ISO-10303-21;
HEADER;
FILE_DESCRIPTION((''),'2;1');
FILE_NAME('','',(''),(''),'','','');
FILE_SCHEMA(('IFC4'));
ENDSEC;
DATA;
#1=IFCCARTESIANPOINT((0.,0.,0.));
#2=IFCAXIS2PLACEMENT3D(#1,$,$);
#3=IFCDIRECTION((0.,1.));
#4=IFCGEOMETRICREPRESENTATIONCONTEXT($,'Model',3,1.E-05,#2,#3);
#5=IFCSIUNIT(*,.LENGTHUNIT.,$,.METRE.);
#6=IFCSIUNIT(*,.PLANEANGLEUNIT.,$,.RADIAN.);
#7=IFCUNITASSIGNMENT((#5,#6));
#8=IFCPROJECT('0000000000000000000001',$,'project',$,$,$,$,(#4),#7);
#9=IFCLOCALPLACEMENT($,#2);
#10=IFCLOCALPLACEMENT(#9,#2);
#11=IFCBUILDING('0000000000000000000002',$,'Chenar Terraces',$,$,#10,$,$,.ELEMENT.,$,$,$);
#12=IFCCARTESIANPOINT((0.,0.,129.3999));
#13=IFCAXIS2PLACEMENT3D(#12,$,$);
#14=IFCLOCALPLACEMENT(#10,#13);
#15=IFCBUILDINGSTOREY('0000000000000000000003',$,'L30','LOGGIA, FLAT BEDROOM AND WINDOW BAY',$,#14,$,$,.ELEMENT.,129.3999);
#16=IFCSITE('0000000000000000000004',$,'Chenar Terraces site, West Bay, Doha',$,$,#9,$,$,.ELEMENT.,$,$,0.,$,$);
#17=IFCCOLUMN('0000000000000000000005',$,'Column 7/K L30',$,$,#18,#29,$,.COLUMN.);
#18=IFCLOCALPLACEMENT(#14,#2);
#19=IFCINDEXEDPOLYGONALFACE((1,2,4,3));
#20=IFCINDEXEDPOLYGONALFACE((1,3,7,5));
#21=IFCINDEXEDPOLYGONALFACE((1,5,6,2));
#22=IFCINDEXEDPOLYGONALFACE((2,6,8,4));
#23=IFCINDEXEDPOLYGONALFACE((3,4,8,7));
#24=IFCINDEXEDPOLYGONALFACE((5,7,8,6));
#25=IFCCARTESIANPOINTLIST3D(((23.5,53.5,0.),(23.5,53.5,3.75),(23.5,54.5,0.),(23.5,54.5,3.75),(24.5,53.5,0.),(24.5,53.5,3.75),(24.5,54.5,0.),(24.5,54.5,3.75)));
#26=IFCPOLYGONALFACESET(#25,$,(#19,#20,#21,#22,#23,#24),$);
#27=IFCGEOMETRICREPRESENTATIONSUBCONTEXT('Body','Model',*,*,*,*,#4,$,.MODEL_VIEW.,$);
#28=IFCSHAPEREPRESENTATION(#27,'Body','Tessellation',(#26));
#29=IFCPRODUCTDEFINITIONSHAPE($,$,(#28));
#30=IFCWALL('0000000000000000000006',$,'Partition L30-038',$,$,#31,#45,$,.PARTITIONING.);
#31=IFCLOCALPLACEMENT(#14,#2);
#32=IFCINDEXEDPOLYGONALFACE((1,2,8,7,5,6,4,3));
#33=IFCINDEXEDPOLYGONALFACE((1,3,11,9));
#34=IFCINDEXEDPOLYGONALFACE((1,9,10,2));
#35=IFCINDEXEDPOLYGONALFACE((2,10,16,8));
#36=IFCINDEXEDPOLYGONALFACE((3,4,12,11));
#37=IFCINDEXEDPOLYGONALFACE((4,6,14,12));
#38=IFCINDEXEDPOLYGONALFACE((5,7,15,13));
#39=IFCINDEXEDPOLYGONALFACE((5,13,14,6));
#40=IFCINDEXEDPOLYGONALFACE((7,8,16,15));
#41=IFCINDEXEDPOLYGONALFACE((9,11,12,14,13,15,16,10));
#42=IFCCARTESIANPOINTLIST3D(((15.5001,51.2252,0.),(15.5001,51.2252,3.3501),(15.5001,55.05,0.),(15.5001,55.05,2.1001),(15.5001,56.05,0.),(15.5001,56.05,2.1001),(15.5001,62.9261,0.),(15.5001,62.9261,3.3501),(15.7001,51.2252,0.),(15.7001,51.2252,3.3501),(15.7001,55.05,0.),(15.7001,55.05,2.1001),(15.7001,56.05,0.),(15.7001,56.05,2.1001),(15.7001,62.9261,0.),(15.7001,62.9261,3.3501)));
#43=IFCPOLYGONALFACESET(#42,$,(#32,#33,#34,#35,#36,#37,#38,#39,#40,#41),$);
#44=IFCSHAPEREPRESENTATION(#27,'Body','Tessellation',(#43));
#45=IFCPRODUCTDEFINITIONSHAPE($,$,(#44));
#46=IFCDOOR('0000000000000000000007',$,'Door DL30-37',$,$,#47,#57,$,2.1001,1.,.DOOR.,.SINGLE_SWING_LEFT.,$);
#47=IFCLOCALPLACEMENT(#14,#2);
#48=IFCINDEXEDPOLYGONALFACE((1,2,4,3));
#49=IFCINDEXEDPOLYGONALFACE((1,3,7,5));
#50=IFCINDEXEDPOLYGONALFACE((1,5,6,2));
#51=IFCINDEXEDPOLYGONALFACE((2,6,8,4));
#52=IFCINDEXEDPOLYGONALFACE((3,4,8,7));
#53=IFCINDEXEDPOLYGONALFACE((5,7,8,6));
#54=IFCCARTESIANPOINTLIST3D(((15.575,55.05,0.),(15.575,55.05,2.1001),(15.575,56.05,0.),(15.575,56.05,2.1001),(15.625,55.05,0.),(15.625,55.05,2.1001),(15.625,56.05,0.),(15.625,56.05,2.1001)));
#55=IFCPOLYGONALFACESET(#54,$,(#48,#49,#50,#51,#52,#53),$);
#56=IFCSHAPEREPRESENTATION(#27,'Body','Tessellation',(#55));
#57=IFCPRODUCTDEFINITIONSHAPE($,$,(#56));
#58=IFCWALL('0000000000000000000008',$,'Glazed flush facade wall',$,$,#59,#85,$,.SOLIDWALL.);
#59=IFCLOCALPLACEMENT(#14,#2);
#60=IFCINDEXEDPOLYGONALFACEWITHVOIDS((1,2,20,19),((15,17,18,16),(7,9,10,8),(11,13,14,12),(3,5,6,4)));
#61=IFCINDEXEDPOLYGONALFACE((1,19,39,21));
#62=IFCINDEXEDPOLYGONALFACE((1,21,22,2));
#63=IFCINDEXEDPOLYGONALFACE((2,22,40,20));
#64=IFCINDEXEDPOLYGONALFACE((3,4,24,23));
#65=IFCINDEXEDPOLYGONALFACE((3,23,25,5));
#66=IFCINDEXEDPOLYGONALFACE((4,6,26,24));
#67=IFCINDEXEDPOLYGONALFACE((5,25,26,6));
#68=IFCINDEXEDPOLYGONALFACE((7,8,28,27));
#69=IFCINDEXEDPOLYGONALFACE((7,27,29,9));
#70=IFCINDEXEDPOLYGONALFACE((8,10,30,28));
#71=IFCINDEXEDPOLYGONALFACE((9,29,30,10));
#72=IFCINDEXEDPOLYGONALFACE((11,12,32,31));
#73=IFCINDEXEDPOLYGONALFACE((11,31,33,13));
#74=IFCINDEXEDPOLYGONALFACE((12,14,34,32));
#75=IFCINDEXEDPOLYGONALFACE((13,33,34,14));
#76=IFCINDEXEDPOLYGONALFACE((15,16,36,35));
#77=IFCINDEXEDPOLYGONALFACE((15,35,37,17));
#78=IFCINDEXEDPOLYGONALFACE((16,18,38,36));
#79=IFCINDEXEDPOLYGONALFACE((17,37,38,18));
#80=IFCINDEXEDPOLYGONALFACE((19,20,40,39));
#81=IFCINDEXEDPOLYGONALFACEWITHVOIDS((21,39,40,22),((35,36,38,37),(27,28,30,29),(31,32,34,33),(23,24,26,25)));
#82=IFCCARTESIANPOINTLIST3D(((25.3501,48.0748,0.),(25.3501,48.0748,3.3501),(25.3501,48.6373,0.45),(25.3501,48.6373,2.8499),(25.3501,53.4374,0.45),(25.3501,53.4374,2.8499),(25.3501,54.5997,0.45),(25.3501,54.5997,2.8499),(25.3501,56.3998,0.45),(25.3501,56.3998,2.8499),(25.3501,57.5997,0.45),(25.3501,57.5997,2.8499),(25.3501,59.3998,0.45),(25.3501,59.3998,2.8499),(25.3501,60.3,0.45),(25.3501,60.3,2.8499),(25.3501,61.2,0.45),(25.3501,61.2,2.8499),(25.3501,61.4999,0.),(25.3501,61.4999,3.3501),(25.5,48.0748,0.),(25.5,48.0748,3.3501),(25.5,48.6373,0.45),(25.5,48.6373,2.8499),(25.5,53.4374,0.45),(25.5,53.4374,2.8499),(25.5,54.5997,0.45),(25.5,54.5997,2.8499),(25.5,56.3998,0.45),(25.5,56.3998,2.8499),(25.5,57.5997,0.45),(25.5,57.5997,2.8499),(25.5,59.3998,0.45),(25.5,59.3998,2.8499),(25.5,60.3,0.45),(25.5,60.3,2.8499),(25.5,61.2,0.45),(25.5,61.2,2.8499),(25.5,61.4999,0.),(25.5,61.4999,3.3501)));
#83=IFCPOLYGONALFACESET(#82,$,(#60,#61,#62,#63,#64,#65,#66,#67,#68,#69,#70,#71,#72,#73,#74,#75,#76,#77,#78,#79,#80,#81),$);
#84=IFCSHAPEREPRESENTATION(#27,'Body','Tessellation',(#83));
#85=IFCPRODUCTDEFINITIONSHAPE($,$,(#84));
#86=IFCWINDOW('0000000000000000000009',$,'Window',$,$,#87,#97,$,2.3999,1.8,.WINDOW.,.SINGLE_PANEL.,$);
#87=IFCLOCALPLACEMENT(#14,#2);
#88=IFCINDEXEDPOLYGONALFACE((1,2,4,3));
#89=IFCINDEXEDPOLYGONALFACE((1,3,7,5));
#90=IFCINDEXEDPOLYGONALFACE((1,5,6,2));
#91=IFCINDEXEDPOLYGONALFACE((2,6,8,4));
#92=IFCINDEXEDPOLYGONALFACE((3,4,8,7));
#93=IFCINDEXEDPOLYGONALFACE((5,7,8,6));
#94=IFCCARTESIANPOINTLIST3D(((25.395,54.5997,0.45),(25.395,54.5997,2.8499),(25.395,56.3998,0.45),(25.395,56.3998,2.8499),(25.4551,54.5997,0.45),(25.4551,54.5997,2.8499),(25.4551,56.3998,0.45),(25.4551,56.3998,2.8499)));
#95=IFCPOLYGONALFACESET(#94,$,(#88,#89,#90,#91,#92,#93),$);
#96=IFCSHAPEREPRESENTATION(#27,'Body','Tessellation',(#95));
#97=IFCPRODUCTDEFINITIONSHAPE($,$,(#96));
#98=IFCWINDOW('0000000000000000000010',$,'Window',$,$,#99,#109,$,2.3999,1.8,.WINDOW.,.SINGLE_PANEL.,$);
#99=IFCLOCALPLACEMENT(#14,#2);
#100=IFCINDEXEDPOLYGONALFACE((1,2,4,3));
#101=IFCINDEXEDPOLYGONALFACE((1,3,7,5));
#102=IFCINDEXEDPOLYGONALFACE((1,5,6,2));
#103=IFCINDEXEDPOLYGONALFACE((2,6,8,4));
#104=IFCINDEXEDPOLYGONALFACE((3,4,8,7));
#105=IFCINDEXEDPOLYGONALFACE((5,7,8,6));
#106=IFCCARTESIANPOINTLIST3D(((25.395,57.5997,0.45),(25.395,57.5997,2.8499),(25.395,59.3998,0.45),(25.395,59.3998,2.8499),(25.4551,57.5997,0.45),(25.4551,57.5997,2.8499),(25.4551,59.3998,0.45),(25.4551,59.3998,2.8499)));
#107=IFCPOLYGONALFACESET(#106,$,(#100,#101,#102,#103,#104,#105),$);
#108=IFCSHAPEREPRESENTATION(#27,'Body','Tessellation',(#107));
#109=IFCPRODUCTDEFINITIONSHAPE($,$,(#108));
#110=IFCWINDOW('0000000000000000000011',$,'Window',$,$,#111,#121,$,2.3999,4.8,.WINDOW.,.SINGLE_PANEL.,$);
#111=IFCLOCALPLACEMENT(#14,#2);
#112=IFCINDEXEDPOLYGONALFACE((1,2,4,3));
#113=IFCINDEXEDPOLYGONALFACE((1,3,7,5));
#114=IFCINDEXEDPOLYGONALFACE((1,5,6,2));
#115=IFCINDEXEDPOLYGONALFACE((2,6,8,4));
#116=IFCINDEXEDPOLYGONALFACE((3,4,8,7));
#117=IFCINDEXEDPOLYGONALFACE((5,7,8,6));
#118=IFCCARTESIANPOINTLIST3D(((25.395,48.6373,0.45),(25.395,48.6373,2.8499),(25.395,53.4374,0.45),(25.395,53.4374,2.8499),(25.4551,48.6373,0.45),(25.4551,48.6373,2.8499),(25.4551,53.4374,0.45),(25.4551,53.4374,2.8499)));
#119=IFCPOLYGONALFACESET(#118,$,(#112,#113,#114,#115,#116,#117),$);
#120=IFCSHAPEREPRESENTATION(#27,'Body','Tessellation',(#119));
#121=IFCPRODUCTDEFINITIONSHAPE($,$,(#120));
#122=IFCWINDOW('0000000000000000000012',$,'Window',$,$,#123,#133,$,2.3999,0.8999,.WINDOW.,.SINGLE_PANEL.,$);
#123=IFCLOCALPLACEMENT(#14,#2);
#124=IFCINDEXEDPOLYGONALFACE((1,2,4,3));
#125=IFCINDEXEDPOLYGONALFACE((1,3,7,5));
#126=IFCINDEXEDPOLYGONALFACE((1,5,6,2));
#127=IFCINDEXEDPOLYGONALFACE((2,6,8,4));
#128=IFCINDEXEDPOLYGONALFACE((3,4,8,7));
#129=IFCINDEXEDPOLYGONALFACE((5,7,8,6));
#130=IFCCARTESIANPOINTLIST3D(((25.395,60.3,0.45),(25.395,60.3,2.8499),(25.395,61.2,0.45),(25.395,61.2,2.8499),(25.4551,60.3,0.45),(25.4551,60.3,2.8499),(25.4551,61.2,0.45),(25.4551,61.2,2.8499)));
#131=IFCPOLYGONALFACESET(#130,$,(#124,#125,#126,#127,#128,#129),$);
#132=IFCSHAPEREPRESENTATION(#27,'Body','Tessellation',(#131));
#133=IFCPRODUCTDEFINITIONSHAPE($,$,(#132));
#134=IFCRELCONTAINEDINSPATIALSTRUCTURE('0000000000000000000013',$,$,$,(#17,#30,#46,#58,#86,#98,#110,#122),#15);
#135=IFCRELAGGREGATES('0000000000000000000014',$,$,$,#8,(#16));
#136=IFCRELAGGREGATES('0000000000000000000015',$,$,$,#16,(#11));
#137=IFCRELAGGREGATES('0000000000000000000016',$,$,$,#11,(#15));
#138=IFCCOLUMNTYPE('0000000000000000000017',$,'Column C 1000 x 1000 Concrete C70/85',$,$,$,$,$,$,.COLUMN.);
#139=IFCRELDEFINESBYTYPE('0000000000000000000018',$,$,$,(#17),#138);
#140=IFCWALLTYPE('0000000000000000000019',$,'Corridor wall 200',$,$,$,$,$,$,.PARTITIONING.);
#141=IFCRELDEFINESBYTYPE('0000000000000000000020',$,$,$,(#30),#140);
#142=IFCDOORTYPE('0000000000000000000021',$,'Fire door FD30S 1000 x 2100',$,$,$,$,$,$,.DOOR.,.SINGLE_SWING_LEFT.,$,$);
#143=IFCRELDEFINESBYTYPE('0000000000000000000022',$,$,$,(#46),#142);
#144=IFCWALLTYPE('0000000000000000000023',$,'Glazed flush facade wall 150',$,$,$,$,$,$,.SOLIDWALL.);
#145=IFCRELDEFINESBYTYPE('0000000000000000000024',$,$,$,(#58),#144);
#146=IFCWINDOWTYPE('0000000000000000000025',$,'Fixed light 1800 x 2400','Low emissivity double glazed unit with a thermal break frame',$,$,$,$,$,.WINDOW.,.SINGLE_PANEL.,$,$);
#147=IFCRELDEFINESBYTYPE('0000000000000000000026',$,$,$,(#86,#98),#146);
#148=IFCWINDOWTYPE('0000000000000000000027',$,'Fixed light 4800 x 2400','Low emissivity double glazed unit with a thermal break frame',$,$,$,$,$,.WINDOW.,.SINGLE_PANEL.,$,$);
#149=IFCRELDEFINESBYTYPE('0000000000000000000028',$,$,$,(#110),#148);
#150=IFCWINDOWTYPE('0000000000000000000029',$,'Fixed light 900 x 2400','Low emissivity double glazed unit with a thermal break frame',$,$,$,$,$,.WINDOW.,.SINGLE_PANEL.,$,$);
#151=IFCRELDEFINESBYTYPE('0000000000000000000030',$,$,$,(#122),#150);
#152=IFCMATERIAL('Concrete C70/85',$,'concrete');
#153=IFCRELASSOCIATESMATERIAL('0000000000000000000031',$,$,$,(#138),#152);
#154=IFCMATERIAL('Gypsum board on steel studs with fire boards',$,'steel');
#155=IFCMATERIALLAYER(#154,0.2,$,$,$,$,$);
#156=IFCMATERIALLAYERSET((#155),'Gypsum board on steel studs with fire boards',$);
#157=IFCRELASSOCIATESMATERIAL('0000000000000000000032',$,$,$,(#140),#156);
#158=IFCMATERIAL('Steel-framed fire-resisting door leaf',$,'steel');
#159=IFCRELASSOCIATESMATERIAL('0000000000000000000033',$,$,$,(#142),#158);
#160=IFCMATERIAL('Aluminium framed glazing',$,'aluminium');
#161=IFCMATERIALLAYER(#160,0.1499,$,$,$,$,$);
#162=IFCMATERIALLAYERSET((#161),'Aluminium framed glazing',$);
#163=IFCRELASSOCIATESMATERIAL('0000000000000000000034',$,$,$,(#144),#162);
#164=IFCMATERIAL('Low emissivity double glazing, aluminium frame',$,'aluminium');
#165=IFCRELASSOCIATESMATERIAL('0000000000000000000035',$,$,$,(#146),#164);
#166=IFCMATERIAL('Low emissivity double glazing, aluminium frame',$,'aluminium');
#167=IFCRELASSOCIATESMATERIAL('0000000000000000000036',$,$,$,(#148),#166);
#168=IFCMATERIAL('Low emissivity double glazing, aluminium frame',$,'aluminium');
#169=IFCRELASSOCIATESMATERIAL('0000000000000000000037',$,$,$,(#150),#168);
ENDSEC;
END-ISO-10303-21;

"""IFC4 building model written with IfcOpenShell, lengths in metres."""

from ifc_helpers import new_model, si_unit, direction, frame, frame_2d, origin, origin_2d, place, context, subcontext, project, spatial, rectangle, extrude, material, layer, layer_set, material_profile, profile_set, type_object, element, fill, save


model = new_model("IFC4")

# Units and contexts
model_context = context("Model", 3, precision=1e-05, world=origin(), true_north=direction((0.0, 1.0)))
body_context = subcontext(model_context, "Body", "Model", "MODEL_VIEW")
ifc_project = project(units=[si_unit("LENGTHUNIT", "METRE"), si_unit("PLANEANGLEUNIT", "RADIAN")], contexts=[model_context])

# Site, building, storey
site_placement = place(None, origin())
site = spatial("IfcSite", under=ifc_project, at=site_placement, Name="Chenar Terraces site, West Bay, Doha", CompositionType="ELEMENT", RefElevation=0.0)
building_placement = place(site_placement, origin())
building = spatial("IfcBuilding", under=site, at=building_placement, Name="Chenar Terraces", CompositionType="ELEMENT")
storey_placement = place(building_placement, frame((0.0, 0.0, 129.3999)))
storey = spatial("IfcBuildingStorey", under=building, at=storey_placement, Name="L30", Description="LOGGIA, FLAT BEDROOM AND WINDOW BAY", CompositionType="ELEMENT", Elevation=129.3999)

# Column
ifc_material_1 = material(Name="Concrete C70/85", Category="concrete")
ifc_material_profile = material_profile(ifc_material_1, rectangle(XDim=1.0, YDim=1.0, at=origin_2d()), Name="C 1000 x 1000")
ifc_profile_set = profile_set([ifc_material_profile], Name="Concrete C70/85")
column_type = type_object("IfcColumnType", Name="Column C 1000 x 1000 Concrete C70/85", PredefinedType="COLUMN", material=ifc_profile_set)
column_placement = place(storey_placement, frame((24.0, 54.0, 0.0), z_axis=(0.0, 0.0, 1.0), x_axis=(1.0, 0.0, 0.0)))
element("IfcColumn", 1, at=column_placement, inside=storey, type_object=column_type, Name="Column 7/K L30", PredefinedType="COLUMN", context=body_context, shape_type="SweptSolid", body=[
    extrude(rectangle(XDim=1.0, YDim=1.0, at=origin_2d()), origin(), (0.0, 0.0, 1.0), 3.75),
])

# Wall, opening, door
ifc_material_2 = material(Name="Gypsum board on steel studs with fire boards", Category="steel")
ifc_layer_1 = layer(ifc_material_2, 0.2)
ifc_layer_set_1 = layer_set([ifc_layer_1], Name="Gypsum board on steel studs with fire boards")
wall_type_1 = type_object("IfcWallType", Name="Corridor wall 200", PredefinedType="PARTITIONING", material=ifc_layer_set_1)
wall_1_placement = place(storey_placement, frame((15.6001, 51.2251, 0.0), z_axis=(0.0, 0.0, 1.0), x_axis=(0.0, 1.0, 0.0)))
wall_1 = element("IfcWall", 2, at=wall_1_placement, inside=storey, type_object=wall_type_1, Name="Partition L30-038", PredefinedType="PARTITIONING", context=body_context, shape_type="SweptSolid", body=[
    extrude(rectangle(XDim=11.7009, YDim=0.2, at=frame_2d((5.8506, 0.0))), origin(), (0.0, 0.0, 1.0), 3.3501),
])
opening_1_placement = place(wall_1_placement, frame((3.825, 0.0, 0.0)))
opening_1 = element("IfcOpeningElement", 3, at=opening_1_placement, cuts=wall_1, PredefinedType="OPENING", context=body_context, shape_type="SweptSolid", body=[
    extrude(rectangle(XDim=1.0, YDim=2.1001, at=frame_2d((0.5, 1.05))), frame((0.0, 0.1099, 0.0), z_axis=(0.0, -1.0, 0.0), x_axis=(1.0, 0.0, 0.0)), (0.0, 0.0, 1.0), 0.22),
])
ifc_material_3 = material(Name="Steel-framed fire-resisting door leaf", Category="steel")
door_type_1 = type_object("IfcDoorType", Name="Fire door FD30S 1000 x 2100", OperationType="SINGLE_SWING_LEFT", PredefinedType="DOOR", material=ifc_material_3)
door_1_placement = place(opening_1_placement, frame((1.0, 0.0, 0.0), z_axis=(0.0, 0.0, 1.0), x_axis=(-1.0, 0.0, 0.0)))
door_1 = element("IfcDoor", 4, at=door_1_placement, inside=storey, type_object=door_type_1, Name="Door DL30-37", OperationType="SINGLE_SWING_LEFT", OverallHeight=2.1001, OverallWidth=1.0, PredefinedType="DOOR", context=body_context, shape_type="SweptSolid", body=[
    extrude(rectangle(XDim=1.0, YDim=2.1001, at=frame_2d((0.5, 1.05))), frame((0.0, 0.0249, 0.0), z_axis=(0.0, -1.0, 0.0), x_axis=(1.0, 0.0, 0.0)), (0.0, 0.0, 1.0), 0.05),
])
fill(opening_1, door_1)

# Wall, openings, windows
ifc_material_4 = material(Name="Aluminium framed glazing", Category="aluminium")
ifc_layer_2 = layer(ifc_material_4, 0.1499)
ifc_layer_set_2 = layer_set([ifc_layer_2], Name="Aluminium framed glazing")
wall_type_2 = type_object("IfcWallType", Name="Glazed flush facade wall 150", PredefinedType="SOLIDWALL", material=ifc_layer_set_2)
wall_2_placement = place(storey_placement, frame((25.425, 48.075, 0.0), z_axis=(0.0, 0.0, 1.0), x_axis=(0.0, 1.0, 0.0)))
wall_2 = element("IfcWall", 5, at=wall_2_placement, inside=storey, type_object=wall_type_2, Name="Glazed flush facade wall", PredefinedType="SOLIDWALL", context=body_context, shape_type="SweptSolid", body=[
    extrude(rectangle(XDim=13.425, YDim=0.1499, at=frame_2d((6.7124, 0.0))), origin(), (0.0, 0.0, 1.0), 3.3501),
])
opening_2_placement = place(wall_2_placement, frame((0.5625, 0.0, 0.45)))
opening_2 = element("IfcOpeningElement", 6, at=opening_2_placement, cuts=wall_2, PredefinedType="OPENING", context=body_context, shape_type="SweptSolid", body=[
    extrude(rectangle(XDim=4.8, YDim=2.3999, at=frame_2d((2.3999, 1.2))), frame((0.0, 0.085, 0.0), z_axis=(0.0, -1.0, 0.0), x_axis=(1.0, 0.0, 0.0)), (0.0, 0.0, 1.0), 0.1699),
])
opening_3_placement = place(wall_2_placement, frame((6.5249, 0.0, 0.45)))
opening_3 = element("IfcOpeningElement", 7, at=opening_3_placement, cuts=wall_2, PredefinedType="OPENING", context=body_context, shape_type="SweptSolid", body=[
    extrude(rectangle(XDim=1.8, YDim=2.3999, at=frame_2d((0.8999, 1.2))), frame((0.0, 0.085, 0.0), z_axis=(0.0, -1.0, 0.0), x_axis=(1.0, 0.0, 0.0)), (0.0, 0.0, 1.0), 0.1699),
])
opening_4_placement = place(wall_2_placement, frame((9.5249, 0.0, 0.45)))
opening_4 = element("IfcOpeningElement", 8, at=opening_4_placement, cuts=wall_2, PredefinedType="OPENING", context=body_context, shape_type="SweptSolid", body=[
    extrude(rectangle(XDim=1.8, YDim=2.3999, at=frame_2d((0.8999, 1.2))), frame((0.0, 0.085, 0.0), z_axis=(0.0, -1.0, 0.0), x_axis=(1.0, 0.0, 0.0)), (0.0, 0.0, 1.0), 0.1699),
])
opening_5_placement = place(wall_2_placement, frame((12.2251, 0.0, 0.45)))
opening_5 = element("IfcOpeningElement", 9, at=opening_5_placement, cuts=wall_2, PredefinedType="OPENING", context=body_context, shape_type="SweptSolid", body=[
    extrude(rectangle(XDim=0.8999, YDim=2.3999, at=frame_2d((0.45, 1.2))), frame((0.0, 0.085, 0.0), z_axis=(0.0, -1.0, 0.0), x_axis=(1.0, 0.0, 0.0)), (0.0, 0.0, 1.0), 0.1699),
])
ifc_material_5 = material(Name="Low emissivity double glazing, aluminium frame", Category="aluminium")
window_type_1 = type_object("IfcWindowType", Name="Fixed light 1800 x 2400", Description="Low emissivity double glazed unit with a thermal break frame", PartitioningType="SINGLE_PANEL", PredefinedType="WINDOW", material=ifc_material_5)
window_1_placement = place(opening_3_placement, origin())
window_1 = element("IfcWindow", 10, at=window_1_placement, inside=storey, type_object=window_type_1, Name="Window", OverallHeight=2.3999, OverallWidth=1.8, PartitioningType="SINGLE_PANEL", PredefinedType="WINDOW", context=body_context, shape_type="SweptSolid", body=[
    extrude(rectangle(XDim=1.8, YDim=2.3999, at=frame_2d((0.8999, 1.2))), frame((0.0, 0.03, 0.0), z_axis=(0.0, -1.0, 0.0), x_axis=(1.0, 0.0, 0.0)), (0.0, 0.0, 1.0), 0.0601),
])
fill(opening_3, window_1)
window_2_placement = place(opening_4_placement, origin())
window_2 = element("IfcWindow", 11, at=window_2_placement, inside=storey, type_object=window_type_1, Name="Window", OverallHeight=2.3999, OverallWidth=1.8, PartitioningType="SINGLE_PANEL", PredefinedType="WINDOW", context=body_context, shape_type="SweptSolid", body=[
    extrude(rectangle(XDim=1.8, YDim=2.3999, at=frame_2d((0.8999, 1.2))), frame((0.0, 0.03, 0.0), z_axis=(0.0, -1.0, 0.0), x_axis=(1.0, 0.0, 0.0)), (0.0, 0.0, 1.0), 0.0601),
])
fill(opening_4, window_2)
ifc_material_6 = material(Name="Low emissivity double glazing, aluminium frame", Category="aluminium")
window_type_2 = type_object("IfcWindowType", Name="Fixed light 4800 x 2400", Description="Low emissivity double glazed unit with a thermal break frame", PartitioningType="SINGLE_PANEL", PredefinedType="WINDOW", material=ifc_material_6)
window_3_placement = place(opening_2_placement, origin())
window_3 = element("IfcWindow", 12, at=window_3_placement, inside=storey, type_object=window_type_2, Name="Window", OverallHeight=2.3999, OverallWidth=4.8, PartitioningType="SINGLE_PANEL", PredefinedType="WINDOW", context=body_context, shape_type="SweptSolid", body=[
    extrude(rectangle(XDim=4.8, YDim=2.3999, at=frame_2d((2.3999, 1.2))), frame((0.0, 0.03, 0.0), z_axis=(0.0, -1.0, 0.0), x_axis=(1.0, 0.0, 0.0)), (0.0, 0.0, 1.0), 0.0601),
])
fill(opening_2, window_3)
ifc_material_7 = material(Name="Low emissivity double glazing, aluminium frame", Category="aluminium")
window_type_3 = type_object("IfcWindowType", Name="Fixed light 900 x 2400", Description="Low emissivity double glazed unit with a thermal break frame", PartitioningType="SINGLE_PANEL", PredefinedType="WINDOW", material=ifc_material_7)
window_4_placement = place(opening_5_placement, origin())
window_4 = element("IfcWindow", 13, at=window_4_placement, inside=storey, type_object=window_type_3, Name="Window", OverallHeight=2.3999, OverallWidth=0.8999, PartitioningType="SINGLE_PANEL", PredefinedType="WINDOW", context=body_context, shape_type="SweptSolid", body=[
    extrude(rectangle(XDim=0.8999, YDim=2.3999, at=frame_2d((0.45, 1.2))), frame((0.0, 0.03, 0.0), z_axis=(0.0, -1.0, 0.0), x_axis=(1.0, 0.0, 0.0)), (0.0, 0.0, 1.0), 0.0601),
])
fill(opening_5, window_4)

save(model, "model.ifc")
